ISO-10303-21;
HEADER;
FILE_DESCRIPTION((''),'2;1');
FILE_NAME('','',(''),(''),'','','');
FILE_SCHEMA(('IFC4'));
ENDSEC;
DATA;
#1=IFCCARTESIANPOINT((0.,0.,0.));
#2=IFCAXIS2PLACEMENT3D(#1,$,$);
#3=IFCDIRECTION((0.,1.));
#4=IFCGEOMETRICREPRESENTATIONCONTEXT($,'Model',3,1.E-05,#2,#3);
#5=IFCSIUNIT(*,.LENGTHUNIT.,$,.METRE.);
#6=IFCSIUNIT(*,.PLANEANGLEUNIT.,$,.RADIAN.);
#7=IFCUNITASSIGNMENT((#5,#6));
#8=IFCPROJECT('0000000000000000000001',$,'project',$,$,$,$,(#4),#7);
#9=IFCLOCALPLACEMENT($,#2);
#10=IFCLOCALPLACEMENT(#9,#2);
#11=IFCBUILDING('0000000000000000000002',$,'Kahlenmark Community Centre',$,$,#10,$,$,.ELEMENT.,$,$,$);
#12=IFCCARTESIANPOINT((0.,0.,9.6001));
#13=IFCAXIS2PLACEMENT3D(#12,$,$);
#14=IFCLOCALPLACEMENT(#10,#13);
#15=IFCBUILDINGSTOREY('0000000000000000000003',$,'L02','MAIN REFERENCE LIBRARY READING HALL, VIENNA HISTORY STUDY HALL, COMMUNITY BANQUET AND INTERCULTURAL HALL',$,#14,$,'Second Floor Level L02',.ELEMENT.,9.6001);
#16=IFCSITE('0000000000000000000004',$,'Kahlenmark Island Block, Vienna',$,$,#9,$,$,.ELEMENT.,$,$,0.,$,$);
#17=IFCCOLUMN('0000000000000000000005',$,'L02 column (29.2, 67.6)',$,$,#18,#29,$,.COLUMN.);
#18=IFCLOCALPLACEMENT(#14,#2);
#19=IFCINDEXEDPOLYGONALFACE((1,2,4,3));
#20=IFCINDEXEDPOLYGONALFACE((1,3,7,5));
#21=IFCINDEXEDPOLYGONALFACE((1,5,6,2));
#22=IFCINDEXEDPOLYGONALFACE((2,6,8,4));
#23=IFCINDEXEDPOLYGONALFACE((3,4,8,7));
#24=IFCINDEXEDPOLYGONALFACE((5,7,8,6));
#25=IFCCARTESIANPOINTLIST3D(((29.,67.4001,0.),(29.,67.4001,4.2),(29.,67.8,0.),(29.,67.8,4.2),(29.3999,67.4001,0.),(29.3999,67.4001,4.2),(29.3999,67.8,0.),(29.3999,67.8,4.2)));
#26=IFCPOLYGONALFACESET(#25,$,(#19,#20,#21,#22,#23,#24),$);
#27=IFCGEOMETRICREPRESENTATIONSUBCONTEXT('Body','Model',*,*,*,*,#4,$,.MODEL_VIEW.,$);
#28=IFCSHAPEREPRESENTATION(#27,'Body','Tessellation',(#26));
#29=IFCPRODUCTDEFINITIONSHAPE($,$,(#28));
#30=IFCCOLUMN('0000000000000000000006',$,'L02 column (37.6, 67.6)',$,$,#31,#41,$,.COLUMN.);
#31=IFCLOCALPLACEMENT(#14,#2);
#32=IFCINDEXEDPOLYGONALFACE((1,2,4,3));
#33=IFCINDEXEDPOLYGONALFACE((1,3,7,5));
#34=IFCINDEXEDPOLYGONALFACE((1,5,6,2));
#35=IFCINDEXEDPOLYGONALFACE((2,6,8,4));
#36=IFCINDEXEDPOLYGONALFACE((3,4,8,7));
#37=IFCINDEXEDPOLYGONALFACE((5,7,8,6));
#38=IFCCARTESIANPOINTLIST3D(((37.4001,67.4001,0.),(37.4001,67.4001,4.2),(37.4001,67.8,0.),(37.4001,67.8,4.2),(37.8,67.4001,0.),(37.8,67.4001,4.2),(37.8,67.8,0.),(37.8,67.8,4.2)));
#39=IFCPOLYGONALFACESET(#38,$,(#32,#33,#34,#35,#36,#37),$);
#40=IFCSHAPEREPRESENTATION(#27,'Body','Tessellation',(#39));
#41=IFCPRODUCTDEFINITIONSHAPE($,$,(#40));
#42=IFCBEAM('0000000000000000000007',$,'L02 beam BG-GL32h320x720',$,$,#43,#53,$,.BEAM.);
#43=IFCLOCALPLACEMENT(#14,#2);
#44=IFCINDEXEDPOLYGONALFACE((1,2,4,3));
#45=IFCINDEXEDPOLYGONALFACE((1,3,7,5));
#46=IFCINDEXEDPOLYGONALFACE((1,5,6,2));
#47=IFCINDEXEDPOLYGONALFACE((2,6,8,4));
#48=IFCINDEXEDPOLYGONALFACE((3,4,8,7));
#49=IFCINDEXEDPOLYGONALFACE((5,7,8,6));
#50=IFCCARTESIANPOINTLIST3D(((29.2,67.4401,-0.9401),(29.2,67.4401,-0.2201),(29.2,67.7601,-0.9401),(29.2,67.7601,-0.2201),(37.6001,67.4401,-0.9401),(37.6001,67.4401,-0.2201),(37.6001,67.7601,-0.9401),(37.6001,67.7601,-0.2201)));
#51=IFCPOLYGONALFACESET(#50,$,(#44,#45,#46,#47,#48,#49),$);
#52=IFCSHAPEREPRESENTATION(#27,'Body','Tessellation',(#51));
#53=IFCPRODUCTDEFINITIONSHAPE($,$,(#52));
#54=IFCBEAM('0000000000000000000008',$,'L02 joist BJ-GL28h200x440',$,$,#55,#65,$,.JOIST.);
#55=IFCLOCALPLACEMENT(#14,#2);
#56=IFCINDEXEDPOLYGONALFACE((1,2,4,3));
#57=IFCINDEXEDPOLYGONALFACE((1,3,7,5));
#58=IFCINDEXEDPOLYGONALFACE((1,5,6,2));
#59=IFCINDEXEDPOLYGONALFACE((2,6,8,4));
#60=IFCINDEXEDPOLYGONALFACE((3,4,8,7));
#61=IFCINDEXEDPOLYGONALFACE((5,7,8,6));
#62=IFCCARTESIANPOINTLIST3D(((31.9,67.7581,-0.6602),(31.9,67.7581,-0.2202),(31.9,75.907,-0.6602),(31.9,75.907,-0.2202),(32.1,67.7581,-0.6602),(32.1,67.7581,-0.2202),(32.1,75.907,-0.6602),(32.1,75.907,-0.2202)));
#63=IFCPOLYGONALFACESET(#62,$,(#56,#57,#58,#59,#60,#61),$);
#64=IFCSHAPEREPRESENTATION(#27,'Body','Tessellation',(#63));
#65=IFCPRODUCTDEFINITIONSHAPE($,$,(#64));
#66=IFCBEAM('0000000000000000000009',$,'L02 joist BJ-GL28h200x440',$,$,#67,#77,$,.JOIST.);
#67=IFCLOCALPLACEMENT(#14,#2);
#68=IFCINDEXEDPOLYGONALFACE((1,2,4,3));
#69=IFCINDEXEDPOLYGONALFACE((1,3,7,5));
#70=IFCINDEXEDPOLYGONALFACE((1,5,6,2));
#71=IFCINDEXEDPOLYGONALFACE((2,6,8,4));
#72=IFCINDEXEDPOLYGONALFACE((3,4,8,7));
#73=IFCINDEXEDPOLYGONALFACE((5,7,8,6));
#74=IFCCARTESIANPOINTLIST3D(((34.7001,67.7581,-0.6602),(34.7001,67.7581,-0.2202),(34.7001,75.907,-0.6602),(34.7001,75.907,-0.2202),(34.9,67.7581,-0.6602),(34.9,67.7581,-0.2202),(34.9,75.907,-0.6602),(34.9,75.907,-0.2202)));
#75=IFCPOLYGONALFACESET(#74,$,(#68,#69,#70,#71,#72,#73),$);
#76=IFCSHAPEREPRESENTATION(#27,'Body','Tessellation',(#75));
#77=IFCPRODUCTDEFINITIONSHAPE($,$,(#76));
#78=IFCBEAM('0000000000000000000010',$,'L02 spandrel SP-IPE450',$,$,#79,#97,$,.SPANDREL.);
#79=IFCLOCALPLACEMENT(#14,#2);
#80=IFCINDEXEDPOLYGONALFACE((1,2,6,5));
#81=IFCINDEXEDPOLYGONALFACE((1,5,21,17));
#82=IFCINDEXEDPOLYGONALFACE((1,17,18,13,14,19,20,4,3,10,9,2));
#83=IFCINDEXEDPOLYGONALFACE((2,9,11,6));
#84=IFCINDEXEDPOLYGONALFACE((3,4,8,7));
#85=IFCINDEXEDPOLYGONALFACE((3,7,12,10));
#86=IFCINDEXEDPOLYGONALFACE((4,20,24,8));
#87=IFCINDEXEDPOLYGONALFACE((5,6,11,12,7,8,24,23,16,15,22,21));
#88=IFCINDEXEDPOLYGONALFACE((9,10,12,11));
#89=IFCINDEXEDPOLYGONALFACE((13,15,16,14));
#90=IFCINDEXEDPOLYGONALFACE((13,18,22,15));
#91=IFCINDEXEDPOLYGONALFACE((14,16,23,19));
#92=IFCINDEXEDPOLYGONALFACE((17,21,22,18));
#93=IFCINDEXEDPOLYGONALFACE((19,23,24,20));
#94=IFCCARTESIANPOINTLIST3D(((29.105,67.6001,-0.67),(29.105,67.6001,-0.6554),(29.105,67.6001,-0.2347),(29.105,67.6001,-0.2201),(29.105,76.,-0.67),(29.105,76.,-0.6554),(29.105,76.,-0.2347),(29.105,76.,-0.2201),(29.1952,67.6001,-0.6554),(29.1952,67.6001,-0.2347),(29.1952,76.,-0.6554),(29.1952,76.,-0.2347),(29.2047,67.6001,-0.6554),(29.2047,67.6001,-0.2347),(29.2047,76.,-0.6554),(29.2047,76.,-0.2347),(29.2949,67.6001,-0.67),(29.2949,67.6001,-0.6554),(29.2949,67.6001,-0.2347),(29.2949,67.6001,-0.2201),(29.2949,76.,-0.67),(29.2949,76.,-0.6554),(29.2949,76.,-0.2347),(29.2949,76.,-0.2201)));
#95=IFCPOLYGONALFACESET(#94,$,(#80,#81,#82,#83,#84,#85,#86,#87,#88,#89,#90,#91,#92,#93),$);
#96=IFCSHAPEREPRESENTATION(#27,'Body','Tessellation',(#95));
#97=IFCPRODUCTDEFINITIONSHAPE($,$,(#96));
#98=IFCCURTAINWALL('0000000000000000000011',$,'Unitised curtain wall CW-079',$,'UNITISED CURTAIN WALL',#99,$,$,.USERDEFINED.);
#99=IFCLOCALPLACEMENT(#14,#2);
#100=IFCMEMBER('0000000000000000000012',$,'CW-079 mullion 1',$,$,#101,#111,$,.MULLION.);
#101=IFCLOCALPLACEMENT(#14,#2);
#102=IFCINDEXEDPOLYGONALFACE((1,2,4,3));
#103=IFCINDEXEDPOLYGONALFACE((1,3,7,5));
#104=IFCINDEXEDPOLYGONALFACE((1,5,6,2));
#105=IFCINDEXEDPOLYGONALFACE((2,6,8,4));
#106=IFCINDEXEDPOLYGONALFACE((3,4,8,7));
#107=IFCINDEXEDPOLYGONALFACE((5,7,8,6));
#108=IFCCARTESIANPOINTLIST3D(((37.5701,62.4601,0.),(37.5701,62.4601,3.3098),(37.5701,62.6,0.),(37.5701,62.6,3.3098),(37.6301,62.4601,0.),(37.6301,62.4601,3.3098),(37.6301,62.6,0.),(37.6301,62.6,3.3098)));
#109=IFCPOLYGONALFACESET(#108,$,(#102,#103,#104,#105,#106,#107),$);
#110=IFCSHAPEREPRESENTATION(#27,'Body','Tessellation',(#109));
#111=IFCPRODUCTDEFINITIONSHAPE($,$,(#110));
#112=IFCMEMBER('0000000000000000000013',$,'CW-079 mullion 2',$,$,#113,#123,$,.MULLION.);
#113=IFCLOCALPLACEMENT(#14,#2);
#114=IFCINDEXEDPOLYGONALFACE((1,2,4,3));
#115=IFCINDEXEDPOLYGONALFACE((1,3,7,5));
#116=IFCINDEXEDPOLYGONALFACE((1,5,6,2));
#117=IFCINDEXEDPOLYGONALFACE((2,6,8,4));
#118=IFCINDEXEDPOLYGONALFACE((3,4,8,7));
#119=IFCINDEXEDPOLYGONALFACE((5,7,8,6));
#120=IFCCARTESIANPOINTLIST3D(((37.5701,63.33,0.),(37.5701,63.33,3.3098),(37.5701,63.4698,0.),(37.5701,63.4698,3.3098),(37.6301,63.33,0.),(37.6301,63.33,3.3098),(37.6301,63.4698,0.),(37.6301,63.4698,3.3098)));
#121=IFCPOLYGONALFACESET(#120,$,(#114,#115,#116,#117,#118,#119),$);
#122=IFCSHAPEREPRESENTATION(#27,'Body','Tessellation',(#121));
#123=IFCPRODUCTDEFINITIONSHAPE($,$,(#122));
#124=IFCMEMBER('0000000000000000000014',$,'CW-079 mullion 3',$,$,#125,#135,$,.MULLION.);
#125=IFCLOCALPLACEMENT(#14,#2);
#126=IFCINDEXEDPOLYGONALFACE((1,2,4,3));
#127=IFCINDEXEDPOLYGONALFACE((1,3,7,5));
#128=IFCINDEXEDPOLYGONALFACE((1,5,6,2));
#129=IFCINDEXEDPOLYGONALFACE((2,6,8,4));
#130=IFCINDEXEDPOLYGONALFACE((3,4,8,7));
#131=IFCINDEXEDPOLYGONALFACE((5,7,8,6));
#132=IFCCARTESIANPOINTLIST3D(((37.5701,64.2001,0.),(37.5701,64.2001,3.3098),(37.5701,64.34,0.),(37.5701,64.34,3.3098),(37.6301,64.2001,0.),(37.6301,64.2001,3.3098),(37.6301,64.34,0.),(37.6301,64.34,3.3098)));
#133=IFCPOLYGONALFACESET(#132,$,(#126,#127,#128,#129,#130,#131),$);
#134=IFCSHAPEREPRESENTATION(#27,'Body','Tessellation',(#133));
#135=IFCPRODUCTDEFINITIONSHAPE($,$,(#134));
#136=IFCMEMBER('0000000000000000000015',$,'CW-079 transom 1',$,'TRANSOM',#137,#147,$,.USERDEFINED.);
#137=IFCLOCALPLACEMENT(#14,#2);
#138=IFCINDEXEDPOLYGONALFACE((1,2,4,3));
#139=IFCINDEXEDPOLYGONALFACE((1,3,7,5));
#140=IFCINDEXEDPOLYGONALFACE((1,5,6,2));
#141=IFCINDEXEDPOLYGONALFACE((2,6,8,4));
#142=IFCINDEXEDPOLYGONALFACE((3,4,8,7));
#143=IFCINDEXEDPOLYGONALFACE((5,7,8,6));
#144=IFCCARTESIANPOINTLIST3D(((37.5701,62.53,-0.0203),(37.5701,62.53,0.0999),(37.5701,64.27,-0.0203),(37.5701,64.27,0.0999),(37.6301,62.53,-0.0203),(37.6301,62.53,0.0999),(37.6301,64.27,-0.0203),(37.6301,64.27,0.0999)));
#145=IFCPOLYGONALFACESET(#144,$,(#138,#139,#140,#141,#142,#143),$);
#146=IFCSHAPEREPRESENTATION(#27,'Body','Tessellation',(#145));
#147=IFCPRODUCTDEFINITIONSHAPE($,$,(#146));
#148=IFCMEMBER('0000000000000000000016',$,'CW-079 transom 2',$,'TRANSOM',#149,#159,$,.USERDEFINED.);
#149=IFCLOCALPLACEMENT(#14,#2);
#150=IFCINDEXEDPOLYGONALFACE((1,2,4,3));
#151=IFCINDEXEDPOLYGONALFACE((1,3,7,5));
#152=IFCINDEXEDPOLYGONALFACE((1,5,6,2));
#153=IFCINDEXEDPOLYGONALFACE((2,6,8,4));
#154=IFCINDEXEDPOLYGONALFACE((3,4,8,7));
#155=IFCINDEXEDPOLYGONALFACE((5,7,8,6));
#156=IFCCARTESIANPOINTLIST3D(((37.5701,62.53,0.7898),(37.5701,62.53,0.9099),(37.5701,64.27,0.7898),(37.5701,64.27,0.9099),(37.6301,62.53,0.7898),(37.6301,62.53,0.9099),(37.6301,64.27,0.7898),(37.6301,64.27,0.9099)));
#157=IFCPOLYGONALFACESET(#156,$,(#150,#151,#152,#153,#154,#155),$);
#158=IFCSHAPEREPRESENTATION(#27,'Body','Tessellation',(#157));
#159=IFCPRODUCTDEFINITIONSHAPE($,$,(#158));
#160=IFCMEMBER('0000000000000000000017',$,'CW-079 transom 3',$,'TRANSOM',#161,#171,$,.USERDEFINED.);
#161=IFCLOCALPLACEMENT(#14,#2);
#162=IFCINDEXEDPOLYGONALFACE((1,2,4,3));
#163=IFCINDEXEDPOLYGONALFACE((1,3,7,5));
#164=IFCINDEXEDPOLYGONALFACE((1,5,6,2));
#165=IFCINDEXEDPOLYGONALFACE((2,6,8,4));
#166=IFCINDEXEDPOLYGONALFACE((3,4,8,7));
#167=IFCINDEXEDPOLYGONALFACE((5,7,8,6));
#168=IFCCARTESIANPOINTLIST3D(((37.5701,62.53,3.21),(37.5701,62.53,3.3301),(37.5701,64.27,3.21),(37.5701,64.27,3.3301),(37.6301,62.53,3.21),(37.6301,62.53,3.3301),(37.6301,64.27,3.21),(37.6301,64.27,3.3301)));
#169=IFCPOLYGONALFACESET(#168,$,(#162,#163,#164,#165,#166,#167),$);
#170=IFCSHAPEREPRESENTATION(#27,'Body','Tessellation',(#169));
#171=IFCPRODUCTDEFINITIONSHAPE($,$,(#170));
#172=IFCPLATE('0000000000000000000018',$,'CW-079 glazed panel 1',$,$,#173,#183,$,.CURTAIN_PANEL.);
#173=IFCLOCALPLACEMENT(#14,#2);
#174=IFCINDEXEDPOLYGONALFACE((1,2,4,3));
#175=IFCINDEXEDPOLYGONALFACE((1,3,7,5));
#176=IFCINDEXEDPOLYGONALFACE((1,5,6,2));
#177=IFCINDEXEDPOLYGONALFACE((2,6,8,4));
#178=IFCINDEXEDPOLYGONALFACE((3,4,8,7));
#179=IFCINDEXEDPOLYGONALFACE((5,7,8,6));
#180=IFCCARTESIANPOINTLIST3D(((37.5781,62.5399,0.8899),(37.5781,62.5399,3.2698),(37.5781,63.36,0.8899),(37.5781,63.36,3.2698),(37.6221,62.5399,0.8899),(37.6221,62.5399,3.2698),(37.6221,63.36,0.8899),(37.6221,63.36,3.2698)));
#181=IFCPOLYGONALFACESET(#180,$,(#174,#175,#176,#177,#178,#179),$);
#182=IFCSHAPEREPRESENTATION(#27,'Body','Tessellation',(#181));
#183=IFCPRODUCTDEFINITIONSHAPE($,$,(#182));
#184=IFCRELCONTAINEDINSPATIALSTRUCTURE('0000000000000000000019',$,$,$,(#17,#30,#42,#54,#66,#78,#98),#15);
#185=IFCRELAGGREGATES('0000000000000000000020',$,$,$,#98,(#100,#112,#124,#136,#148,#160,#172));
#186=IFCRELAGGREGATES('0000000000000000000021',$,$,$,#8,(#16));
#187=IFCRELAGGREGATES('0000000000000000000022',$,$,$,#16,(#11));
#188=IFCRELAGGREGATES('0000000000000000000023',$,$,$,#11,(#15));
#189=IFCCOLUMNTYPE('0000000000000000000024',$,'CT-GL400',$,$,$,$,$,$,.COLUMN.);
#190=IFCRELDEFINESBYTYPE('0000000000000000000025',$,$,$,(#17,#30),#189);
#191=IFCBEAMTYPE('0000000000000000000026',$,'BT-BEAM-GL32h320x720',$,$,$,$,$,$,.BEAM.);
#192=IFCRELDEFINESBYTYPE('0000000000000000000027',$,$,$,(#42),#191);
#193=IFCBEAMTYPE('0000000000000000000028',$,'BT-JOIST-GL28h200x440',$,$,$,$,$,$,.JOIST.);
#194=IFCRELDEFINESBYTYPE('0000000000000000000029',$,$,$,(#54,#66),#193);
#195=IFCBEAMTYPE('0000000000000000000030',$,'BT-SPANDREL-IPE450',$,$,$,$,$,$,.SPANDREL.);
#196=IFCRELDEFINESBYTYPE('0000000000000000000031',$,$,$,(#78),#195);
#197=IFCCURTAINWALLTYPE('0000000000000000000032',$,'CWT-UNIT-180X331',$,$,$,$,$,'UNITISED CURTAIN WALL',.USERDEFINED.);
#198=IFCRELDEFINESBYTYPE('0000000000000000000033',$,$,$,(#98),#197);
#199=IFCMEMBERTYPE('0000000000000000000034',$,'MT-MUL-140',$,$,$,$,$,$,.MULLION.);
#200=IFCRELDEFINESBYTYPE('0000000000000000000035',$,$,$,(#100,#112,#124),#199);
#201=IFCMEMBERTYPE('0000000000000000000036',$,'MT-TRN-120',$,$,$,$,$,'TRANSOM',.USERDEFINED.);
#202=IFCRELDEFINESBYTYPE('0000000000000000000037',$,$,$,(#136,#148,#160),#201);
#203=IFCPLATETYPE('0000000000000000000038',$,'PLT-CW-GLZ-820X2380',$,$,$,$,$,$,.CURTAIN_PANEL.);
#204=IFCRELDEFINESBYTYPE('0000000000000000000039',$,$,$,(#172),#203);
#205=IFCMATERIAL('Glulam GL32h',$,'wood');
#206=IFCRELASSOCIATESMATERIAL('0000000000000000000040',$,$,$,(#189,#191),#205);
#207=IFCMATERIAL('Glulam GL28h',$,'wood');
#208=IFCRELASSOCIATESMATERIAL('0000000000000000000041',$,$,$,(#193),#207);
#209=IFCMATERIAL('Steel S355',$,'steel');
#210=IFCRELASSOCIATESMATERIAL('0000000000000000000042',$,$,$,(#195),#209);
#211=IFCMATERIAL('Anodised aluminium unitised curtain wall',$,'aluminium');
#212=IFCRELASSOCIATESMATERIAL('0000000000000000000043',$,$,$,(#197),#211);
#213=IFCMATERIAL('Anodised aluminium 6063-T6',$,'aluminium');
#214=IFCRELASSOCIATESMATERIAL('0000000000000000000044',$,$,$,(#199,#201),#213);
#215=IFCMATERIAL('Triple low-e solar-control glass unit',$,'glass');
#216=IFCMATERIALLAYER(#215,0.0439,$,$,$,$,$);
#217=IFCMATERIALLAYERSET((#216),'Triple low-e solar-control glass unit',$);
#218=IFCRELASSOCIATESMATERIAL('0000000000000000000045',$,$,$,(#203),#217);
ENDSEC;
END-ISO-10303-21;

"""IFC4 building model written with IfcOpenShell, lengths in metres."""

from ifc_helpers import new_model, si_unit, direction, frame, origin, origin_2d, place, context, subcontext, project, spatial, rectangle, i_section, extrude, material, layer, layer_set, material_profile, profile_set, type_object, element, aggregate, save


model = new_model("IFC4")

# Units and contexts
model_context = context("Model", 3, precision=1e-05, world=origin(), true_north=direction((0.0, 1.0)))
body_context = subcontext(model_context, "Body", "Model", "MODEL_VIEW")
ifc_project = project(units=[si_unit("LENGTHUNIT", "METRE"), si_unit("PLANEANGLEUNIT", "RADIAN")], contexts=[model_context])

# Site, building, storey
site_placement = place(None, origin())
site = spatial("IfcSite", under=ifc_project, at=site_placement, Name="Kahlenmark Island Block, Vienna", CompositionType="ELEMENT", RefElevation=0.0)
building_placement = place(site_placement, origin())
building = spatial("IfcBuilding", under=site, at=building_placement, Name="Kahlenmark Community Centre", CompositionType="ELEMENT")
storey_placement = place(building_placement, frame((0.0, 0.0, 9.6001)))
storey = spatial("IfcBuildingStorey", under=building, at=storey_placement, Name="L02", Description="MAIN REFERENCE LIBRARY READING HALL, VIENNA HISTORY STUDY HALL, COMMUNITY BANQUET AND INTERCULTURAL HALL", LongName="Second Floor Level L02", CompositionType="ELEMENT", Elevation=9.6001)

# Columns
ifc_material_1 = material(Name="Glulam GL32h", Category="wood")
ifc_material_profile_1 = material_profile(ifc_material_1, rectangle(XDim=0.3999, YDim=0.3999, at=origin_2d()), Name="GL32h 400x400")
ifc_profile_set_1 = profile_set([ifc_material_profile_1], Name="Glulam GL32h")
column_type = type_object("IfcColumnType", Name="CT-GL400", PredefinedType="COLUMN", material=ifc_profile_set_1)
for number, where, z_axis, x_axis, name in (
    (1, (29.2, 67.6001, 0.0), (0.0, 0.0, 1.0), (1.0, 0.0, 0.0), "L02 column (29.2, 67.6)"),
    (2, (37.6001, 67.6001, 0.0), (0.0, 0.0, 1.0), (1.0, 0.0, 0.0), "L02 column (37.6, 67.6)"),
):
    element("IfcColumn", number, at=place(storey_placement, frame(where, z_axis=z_axis, x_axis=x_axis)), inside=storey, type_object=column_type, Name=name, PredefinedType="COLUMN", context=body_context, shape_type="SweptSolid", body=[
        extrude(rectangle(XDim=0.3999, YDim=0.3999, at=origin_2d()), origin(), (0.0, 0.0, 1.0), 4.2),
    ])

# Beams
ifc_material_profile_2 = material_profile(ifc_material_1, rectangle(XDim=0.3201, YDim=0.72, at=origin_2d()), Name="GL32h 320x720")
ifc_profile_set_2 = profile_set([ifc_material_profile_2], Name="Glulam GL32h")
beam_type_1 = type_object("IfcBeamType", Name="BT-BEAM-GL32h320x720", PredefinedType="BEAM", material=ifc_profile_set_2)
beam_1_placement = place(storey_placement, frame((29.2, 67.6001, -0.5801), z_axis=(1.0, 0.0, 0.0), x_axis=(0.0, 1.0, 0.0)))
element("IfcBeam", 3, at=beam_1_placement, inside=storey, type_object=beam_type_1, Name="L02 beam BG-GL32h320x720", PredefinedType="BEAM", context=body_context, shape_type="SweptSolid", body=[
    extrude(rectangle(XDim=0.3201, YDim=0.72, at=origin_2d()), origin(), (0.0, 0.0, 1.0), 8.4001),
])
ifc_material_2 = material(Name="Glulam GL28h", Category="wood")
ifc_material_profile_3 = material_profile(ifc_material_2, rectangle(XDim=0.2, YDim=0.4399, at=origin_2d()), Name="GL28h 200x440")
ifc_profile_set_3 = profile_set([ifc_material_profile_3], Name="Glulam GL28h")
beam_type_2 = type_object("IfcBeamType", Name="BT-JOIST-GL28h200x440", PredefinedType="JOIST", material=ifc_profile_set_3)
for number, where, z_axis, x_axis, name in (
    (4, (32.0, 67.7581, -0.4402), (0.0, 1.0, 0.0), (-1.0, 0.0, 0.0), "L02 joist BJ-GL28h200x440"),
    (5, (34.8, 67.7581, -0.4402), (0.0, 1.0, 0.0), (-1.0, 0.0, 0.0), "L02 joist BJ-GL28h200x440"),
):
    element("IfcBeam", number, at=place(storey_placement, frame(where, z_axis=z_axis, x_axis=x_axis)), inside=storey, type_object=beam_type_2, Name=name, PredefinedType="JOIST", context=body_context, shape_type="SweptSolid", body=[
        extrude(rectangle(XDim=0.2, YDim=0.4399, at=origin_2d()), origin(), (0.0, 0.0, 1.0), 8.1489),
    ])
ifc_material_3 = material(Name="Steel S355", Category="steel")
ifc_material_profile_4 = material_profile(ifc_material_3, i_section(OverallWidth=0.1899, OverallDepth=0.45, WebThickness=0.0095, FlangeThickness=0.0146, at=origin_2d()), Name="IPE 450")
ifc_profile_set_4 = profile_set([ifc_material_profile_4], Name="Steel S355")
beam_type_3 = type_object("IfcBeamType", Name="BT-SPANDREL-IPE450", PredefinedType="SPANDREL", material=ifc_profile_set_4)
beam_2_placement = place(storey_placement, frame((29.2, 67.6001, -0.4451), z_axis=(0.0, 1.0, 0.0), x_axis=(-1.0, 0.0, 0.0)))
element("IfcBeam", 6, at=beam_2_placement, inside=storey, type_object=beam_type_3, Name="L02 spandrel SP-IPE450", PredefinedType="SPANDREL", context=body_context, shape_type="SweptSolid", body=[
    extrude(i_section(OverallWidth=0.1899, OverallDepth=0.45, WebThickness=0.0095, FlangeThickness=0.0146, at=origin_2d()), origin(), (0.0, 0.0, 1.0), 8.3999),
])

# Curtain wall, members, plate
ifc_material_4 = material(Name="Anodised aluminium unitised curtain wall", Category="aluminium")
curtain_wall_type = type_object("IfcCurtainWallType", Name="CWT-UNIT-180X331", ElementType="UNITISED CURTAIN WALL", PredefinedType="USERDEFINED", material=ifc_material_4)
curtain_wall_placement = place(storey_placement, origin())
curtain_wall = element("IfcCurtainWall", 7, at=curtain_wall_placement, inside=storey, type_object=curtain_wall_type, Name="Unitised curtain wall CW-079", ObjectType="UNITISED CURTAIN WALL", PredefinedType="USERDEFINED")
ifc_material_5 = material(Name="Anodised aluminium 6063-T6", Category="aluminium")
ifc_material_profile_5 = material_profile(ifc_material_5, rectangle(XDim=0.0601, YDim=0.1399, at=origin_2d()), Name="ALU MULLION 60x140")
ifc_profile_set_5 = profile_set([ifc_material_profile_5], Name="Anodised aluminium 6063-T6")
member_type_1 = type_object("IfcMemberType", Name="MT-MUL-140", PredefinedType="MULLION", material=ifc_profile_set_5)
member_1_placement = place(storey_placement, frame((37.6001, 62.53, 0.0), z_axis=(0.0, 0.0, 1.0), x_axis=(-1.0, 0.0, 0.0)))
member_1 = element("IfcMember", 8, at=member_1_placement, type_object=member_type_1, Name="CW-079 mullion 1", PredefinedType="MULLION", context=body_context, shape_type="SweptSolid", body=[
    extrude(rectangle(XDim=0.0601, YDim=0.1399, at=origin_2d()), origin(), (0.0, 0.0, 1.0), 3.3098),
])
member_2_placement = place(storey_placement, frame((37.6001, 63.3999, 0.0), z_axis=(0.0, 0.0, 1.0), x_axis=(-1.0, 0.0, 0.0)))
member_2 = element("IfcMember", 9, at=member_2_placement, type_object=member_type_1, Name="CW-079 mullion 2", PredefinedType="MULLION", context=body_context, shape_type="SweptSolid", body=[
    extrude(rectangle(XDim=0.0601, YDim=0.1399, at=origin_2d()), origin(), (0.0, 0.0, 1.0), 3.3098),
])
member_3_placement = place(storey_placement, frame((37.6001, 64.27, 0.0), z_axis=(0.0, 0.0, 1.0), x_axis=(-1.0, 0.0, 0.0)))
member_3 = element("IfcMember", 10, at=member_3_placement, type_object=member_type_1, Name="CW-079 mullion 3", PredefinedType="MULLION", context=body_context, shape_type="SweptSolid", body=[
    extrude(rectangle(XDim=0.0601, YDim=0.1399, at=origin_2d()), origin(), (0.0, 0.0, 1.0), 3.3098),
])
ifc_material_profile_6 = material_profile(ifc_material_5, rectangle(XDim=0.0601, YDim=0.1201, at=origin_2d()), Name="ALU TRANSOM 60x120")
ifc_profile_set_6 = profile_set([ifc_material_profile_6], Name="Anodised aluminium 6063-T6")
member_type_2 = type_object("IfcMemberType", Name="MT-TRN-120", ElementType="TRANSOM", PredefinedType="USERDEFINED", material=ifc_profile_set_6)
member_4_placement = place(storey_placement, frame((37.6001, 62.53, 0.0398), z_axis=(0.0, 1.0, 0.0), x_axis=(-1.0, 0.0, 0.0)))
member_4 = element("IfcMember", 11, at=member_4_placement, type_object=member_type_2, Name="CW-079 transom 1", ObjectType="TRANSOM", PredefinedType="USERDEFINED", context=body_context, shape_type="SweptSolid", body=[
    extrude(rectangle(XDim=0.0601, YDim=0.1201, at=origin_2d()), origin(), (0.0, 0.0, 1.0), 1.74),
])
member_5_placement = place(storey_placement, frame((37.6001, 62.53, 0.8499), z_axis=(0.0, 1.0, 0.0), x_axis=(-1.0, 0.0, 0.0)))
member_5 = element("IfcMember", 12, at=member_5_placement, type_object=member_type_2, Name="CW-079 transom 2", ObjectType="TRANSOM", PredefinedType="USERDEFINED", context=body_context, shape_type="SweptSolid", body=[
    extrude(rectangle(XDim=0.0601, YDim=0.1201, at=origin_2d()), origin(), (0.0, 0.0, 1.0), 1.74),
])
member_6_placement = place(storey_placement, frame((37.6001, 62.53, 3.27), z_axis=(0.0, 1.0, 0.0), x_axis=(-1.0, 0.0, 0.0)))
member_6 = element("IfcMember", 13, at=member_6_placement, type_object=member_type_2, Name="CW-079 transom 3", ObjectType="TRANSOM", PredefinedType="USERDEFINED", context=body_context, shape_type="SweptSolid", body=[
    extrude(rectangle(XDim=0.0601, YDim=0.1201, at=origin_2d()), origin(), (0.0, 0.0, 1.0), 1.74),
])
ifc_material_6 = material(Name="Triple low-e solar-control glass unit", Category="glass")
ifc_layer_1 = layer(ifc_material_6, 0.0439)
ifc_layer_set_1 = layer_set([ifc_layer_1], Name="Triple low-e solar-control glass unit")
plate_type_1 = type_object("IfcPlateType", Name="PLT-CW-GLZ-820X2380", PredefinedType="CURTAIN_PANEL", material=ifc_layer_set_1)
plate_1_placement = place(storey_placement, frame((37.6001, 62.95, 0.8899), z_axis=(0.0, 0.0, 1.0), x_axis=(0.0, 1.0, 0.0)))
plate_1 = element("IfcPlate", 14, at=plate_1_placement, type_object=plate_type_1, Name="CW-079 glazed panel 1", PredefinedType="CURTAIN_PANEL", context=body_context, shape_type="SweptSolid", body=[
    extrude(rectangle(XDim=0.8201, YDim=0.0439, at=origin_2d()), origin(), (0.0, 0.0, 1.0), 2.3799),
])
aggregate(curtain_wall, [member_1, member_2, member_3, member_4, member_5, member_6, plate_1])

save(model, "model.ifc")
